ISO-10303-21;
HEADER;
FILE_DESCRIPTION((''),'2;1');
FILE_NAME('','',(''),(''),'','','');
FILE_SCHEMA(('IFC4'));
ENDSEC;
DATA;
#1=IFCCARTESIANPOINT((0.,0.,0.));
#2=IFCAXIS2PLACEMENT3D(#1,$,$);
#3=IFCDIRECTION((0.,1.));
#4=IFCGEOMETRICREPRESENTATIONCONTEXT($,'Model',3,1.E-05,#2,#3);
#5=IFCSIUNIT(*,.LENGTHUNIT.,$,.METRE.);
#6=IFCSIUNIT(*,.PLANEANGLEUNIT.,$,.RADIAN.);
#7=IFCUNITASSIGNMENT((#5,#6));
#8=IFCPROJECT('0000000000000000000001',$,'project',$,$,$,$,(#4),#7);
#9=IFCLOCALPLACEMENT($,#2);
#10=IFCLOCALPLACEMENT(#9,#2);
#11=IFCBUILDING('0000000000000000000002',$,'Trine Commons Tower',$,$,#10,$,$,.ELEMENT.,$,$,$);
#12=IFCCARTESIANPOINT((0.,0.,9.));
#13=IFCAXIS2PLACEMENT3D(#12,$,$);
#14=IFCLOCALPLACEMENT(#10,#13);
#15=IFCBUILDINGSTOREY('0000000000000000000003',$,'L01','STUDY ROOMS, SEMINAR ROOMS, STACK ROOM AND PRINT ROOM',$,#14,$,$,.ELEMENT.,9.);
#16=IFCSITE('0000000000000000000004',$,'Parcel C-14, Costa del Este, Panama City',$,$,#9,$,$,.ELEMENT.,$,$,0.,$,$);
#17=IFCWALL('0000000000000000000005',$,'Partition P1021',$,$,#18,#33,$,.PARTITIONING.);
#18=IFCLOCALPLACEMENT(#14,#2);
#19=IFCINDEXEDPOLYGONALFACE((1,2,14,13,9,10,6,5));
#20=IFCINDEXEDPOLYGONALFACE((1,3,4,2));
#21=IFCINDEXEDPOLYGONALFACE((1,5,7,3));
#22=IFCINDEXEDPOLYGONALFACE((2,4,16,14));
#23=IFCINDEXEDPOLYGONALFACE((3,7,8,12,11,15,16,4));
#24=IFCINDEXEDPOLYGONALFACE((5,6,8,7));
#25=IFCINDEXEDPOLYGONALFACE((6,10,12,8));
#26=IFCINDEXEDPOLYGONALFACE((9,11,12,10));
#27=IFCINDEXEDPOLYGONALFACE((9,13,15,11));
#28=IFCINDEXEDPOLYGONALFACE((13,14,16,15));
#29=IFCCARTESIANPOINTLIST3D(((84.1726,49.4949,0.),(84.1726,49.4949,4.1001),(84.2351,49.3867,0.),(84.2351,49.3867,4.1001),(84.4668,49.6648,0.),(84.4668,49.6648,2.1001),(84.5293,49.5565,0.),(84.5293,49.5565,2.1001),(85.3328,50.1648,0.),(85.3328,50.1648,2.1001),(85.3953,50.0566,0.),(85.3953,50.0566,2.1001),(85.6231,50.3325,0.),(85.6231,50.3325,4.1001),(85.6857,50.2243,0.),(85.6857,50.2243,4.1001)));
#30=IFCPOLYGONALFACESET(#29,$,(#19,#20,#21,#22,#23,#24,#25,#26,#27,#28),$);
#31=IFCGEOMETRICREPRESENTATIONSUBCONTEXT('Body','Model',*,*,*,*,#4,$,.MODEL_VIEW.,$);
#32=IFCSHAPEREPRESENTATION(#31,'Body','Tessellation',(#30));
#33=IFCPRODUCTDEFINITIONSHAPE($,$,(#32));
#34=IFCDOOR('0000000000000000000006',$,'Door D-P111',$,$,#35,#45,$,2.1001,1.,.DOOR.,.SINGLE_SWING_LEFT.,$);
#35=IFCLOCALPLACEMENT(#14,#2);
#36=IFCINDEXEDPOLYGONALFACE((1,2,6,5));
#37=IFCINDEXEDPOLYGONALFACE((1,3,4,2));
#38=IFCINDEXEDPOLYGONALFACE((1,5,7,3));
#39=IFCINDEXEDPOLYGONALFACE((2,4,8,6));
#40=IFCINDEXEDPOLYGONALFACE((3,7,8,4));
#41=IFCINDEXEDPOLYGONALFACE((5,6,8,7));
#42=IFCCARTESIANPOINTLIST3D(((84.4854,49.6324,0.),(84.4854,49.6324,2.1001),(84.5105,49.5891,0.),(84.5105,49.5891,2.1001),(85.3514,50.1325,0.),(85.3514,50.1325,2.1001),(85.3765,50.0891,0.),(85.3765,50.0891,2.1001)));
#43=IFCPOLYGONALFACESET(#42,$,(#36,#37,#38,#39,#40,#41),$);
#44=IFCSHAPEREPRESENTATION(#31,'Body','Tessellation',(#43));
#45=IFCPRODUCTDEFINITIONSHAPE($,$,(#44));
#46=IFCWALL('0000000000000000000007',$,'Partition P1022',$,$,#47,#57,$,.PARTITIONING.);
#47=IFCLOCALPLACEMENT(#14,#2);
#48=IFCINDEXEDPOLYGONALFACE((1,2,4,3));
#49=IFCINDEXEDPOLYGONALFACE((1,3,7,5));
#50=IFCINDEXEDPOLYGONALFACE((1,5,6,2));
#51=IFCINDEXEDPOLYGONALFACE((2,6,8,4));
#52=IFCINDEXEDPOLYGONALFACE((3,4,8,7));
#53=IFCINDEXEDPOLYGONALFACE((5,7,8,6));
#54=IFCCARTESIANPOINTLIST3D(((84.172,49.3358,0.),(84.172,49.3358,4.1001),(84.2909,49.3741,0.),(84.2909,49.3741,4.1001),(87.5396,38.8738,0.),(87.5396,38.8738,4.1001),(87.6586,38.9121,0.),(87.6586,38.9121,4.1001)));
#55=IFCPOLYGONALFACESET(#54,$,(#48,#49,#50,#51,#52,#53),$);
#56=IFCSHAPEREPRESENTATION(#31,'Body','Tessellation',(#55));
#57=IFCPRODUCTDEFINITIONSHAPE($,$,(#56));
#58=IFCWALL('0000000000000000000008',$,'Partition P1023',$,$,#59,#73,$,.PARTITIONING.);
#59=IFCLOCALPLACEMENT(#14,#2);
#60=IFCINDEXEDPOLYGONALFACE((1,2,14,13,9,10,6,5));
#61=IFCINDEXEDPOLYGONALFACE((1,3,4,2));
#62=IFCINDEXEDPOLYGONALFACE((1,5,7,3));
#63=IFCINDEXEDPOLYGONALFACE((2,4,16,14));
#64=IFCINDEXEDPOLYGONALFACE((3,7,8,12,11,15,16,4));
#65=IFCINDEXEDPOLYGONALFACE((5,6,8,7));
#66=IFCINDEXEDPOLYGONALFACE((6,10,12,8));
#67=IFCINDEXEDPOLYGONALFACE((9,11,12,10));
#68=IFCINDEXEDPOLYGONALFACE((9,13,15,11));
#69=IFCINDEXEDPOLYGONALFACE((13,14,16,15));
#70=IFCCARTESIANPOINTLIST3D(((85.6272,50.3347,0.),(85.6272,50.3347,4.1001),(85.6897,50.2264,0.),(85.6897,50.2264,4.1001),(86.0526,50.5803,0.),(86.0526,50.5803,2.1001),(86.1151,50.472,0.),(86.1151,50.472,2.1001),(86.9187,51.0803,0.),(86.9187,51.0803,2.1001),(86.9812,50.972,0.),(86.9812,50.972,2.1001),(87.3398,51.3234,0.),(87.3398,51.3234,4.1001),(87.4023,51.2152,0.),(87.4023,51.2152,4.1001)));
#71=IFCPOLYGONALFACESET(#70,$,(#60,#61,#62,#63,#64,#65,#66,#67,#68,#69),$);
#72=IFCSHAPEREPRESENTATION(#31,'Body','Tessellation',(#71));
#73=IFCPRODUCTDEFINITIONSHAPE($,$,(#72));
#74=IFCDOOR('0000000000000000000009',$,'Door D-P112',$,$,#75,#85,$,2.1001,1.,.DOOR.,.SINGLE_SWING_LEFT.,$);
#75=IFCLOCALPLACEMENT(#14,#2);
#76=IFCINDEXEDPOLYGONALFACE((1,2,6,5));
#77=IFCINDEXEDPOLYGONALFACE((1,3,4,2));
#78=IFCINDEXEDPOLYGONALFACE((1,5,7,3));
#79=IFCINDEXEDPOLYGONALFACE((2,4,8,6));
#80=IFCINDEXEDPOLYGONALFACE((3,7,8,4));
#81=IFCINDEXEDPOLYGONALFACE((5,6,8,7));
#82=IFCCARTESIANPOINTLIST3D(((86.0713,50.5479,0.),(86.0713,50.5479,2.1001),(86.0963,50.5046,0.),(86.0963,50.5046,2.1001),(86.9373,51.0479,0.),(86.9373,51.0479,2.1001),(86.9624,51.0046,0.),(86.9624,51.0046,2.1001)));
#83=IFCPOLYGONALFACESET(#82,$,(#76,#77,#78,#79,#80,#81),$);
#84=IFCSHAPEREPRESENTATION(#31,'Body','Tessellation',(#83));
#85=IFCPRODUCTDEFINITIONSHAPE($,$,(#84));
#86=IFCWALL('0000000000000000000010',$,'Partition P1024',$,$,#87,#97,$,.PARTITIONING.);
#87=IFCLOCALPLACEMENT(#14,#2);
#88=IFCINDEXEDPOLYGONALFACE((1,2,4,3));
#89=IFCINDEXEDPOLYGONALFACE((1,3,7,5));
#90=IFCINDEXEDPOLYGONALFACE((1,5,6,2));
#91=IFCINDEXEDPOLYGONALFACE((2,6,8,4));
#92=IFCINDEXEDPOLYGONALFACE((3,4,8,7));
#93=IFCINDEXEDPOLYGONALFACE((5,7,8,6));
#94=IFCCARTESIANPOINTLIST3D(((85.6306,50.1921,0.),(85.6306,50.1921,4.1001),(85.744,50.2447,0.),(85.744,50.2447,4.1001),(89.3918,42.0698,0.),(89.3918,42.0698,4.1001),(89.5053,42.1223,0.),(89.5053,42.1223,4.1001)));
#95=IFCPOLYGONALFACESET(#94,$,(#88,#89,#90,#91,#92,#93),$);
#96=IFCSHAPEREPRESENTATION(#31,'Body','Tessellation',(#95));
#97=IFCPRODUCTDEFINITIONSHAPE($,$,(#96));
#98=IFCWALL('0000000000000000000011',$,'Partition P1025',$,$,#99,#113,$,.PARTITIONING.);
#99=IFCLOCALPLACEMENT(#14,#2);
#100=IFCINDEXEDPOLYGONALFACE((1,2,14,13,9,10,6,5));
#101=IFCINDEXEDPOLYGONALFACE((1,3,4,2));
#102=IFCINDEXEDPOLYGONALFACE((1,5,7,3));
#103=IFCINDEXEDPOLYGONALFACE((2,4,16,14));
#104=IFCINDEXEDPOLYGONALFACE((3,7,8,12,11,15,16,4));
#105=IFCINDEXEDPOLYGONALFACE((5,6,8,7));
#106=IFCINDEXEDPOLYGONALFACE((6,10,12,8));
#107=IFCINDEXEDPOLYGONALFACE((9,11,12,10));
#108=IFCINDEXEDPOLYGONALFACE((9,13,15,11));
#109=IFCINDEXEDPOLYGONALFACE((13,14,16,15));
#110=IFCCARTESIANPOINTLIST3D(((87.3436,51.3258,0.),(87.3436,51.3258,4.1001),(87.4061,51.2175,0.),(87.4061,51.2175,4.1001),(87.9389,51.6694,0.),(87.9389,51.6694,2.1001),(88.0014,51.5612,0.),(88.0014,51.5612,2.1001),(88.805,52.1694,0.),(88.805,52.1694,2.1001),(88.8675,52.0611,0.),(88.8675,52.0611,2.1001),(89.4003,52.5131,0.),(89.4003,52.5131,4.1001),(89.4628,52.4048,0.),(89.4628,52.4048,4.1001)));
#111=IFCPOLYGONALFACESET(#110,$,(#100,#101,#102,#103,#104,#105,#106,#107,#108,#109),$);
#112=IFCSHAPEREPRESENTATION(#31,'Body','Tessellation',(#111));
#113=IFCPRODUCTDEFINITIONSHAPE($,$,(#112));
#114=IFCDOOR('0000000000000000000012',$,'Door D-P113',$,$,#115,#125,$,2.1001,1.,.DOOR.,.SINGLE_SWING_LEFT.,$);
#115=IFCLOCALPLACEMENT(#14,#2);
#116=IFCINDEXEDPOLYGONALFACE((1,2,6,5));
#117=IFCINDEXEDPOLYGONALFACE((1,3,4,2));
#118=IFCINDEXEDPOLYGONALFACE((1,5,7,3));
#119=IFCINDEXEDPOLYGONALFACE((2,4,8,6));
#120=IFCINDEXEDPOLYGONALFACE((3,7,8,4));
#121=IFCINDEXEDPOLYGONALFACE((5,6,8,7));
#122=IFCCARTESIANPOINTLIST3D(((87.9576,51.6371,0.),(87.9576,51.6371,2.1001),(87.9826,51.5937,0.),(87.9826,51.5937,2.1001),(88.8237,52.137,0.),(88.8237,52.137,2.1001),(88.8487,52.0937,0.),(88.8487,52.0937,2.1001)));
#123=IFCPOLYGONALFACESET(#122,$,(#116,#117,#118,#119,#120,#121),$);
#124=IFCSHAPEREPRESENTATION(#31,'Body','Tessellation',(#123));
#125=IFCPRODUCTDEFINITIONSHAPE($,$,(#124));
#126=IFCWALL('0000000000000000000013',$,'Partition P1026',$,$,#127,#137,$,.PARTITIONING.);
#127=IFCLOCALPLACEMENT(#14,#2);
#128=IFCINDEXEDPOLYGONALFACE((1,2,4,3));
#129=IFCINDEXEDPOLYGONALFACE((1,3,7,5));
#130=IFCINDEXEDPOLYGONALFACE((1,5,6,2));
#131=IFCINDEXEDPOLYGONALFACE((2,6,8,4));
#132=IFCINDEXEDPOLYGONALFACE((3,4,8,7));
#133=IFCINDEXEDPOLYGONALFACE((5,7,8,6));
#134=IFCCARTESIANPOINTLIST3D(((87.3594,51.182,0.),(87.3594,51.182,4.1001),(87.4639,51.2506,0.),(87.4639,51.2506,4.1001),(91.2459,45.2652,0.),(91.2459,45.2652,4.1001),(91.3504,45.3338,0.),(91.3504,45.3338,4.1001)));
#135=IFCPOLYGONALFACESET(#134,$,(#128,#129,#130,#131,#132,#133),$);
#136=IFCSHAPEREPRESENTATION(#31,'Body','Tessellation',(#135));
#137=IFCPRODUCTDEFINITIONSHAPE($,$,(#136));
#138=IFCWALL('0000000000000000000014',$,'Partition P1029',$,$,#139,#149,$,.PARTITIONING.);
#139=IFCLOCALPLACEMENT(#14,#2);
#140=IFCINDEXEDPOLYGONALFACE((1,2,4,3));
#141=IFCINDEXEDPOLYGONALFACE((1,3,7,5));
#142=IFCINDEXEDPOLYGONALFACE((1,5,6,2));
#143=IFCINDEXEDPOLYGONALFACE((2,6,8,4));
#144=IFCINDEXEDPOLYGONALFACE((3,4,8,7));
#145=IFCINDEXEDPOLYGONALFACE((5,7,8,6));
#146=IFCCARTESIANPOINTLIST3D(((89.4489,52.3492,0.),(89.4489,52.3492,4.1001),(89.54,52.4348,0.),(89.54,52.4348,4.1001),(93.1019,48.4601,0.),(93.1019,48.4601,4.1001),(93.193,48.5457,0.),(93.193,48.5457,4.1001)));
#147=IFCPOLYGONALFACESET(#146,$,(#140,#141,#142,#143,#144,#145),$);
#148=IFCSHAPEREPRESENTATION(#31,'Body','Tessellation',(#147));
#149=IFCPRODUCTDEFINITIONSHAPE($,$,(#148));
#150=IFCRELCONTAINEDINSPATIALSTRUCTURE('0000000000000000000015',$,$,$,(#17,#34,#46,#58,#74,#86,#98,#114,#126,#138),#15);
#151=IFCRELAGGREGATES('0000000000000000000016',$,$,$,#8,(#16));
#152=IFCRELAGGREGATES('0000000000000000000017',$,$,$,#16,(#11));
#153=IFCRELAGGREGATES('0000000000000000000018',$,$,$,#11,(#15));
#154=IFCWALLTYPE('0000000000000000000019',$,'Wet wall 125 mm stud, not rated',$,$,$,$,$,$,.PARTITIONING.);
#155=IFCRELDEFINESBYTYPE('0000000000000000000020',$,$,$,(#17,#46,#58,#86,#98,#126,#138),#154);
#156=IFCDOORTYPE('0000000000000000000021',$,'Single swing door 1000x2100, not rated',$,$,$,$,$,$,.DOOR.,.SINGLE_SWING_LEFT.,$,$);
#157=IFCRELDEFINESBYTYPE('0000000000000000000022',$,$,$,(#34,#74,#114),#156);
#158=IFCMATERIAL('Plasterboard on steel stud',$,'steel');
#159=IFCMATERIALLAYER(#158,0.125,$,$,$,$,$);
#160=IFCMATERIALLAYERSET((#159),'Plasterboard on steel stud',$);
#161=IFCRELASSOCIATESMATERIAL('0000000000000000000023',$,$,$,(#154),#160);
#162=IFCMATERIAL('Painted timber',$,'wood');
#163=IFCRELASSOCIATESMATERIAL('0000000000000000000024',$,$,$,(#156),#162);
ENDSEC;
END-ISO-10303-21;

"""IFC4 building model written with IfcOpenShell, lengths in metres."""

from ifc_helpers import new_model, si_unit, direction, frame, frame_2d, origin, place, context, subcontext, project, spatial, rectangle, extrude, material, layer, layer_set, type_object, element, fill, save


model = new_model("IFC4")

# Units and contexts
model_context = context("Model", 3, precision=1e-05, world=origin(), true_north=direction((0.0, 1.0)))
body_context = subcontext(model_context, "Body", "Model", "MODEL_VIEW")
ifc_project = project(units=[si_unit("LENGTHUNIT", "METRE"), si_unit("PLANEANGLEUNIT", "RADIAN")], contexts=[model_context])

# Site, building, storey
site_placement = place(None, origin())
site = spatial("IfcSite", under=ifc_project, at=site_placement, Name="Parcel C-14, Costa del Este, Panama City", CompositionType="ELEMENT", RefElevation=0.0)
building_placement = place(site_placement, origin())
building = spatial("IfcBuilding", under=site, at=building_placement, Name="Trine Commons Tower", CompositionType="ELEMENT")
storey_placement = place(building_placement, frame((0.0, 0.0, 9.0)))
storey = spatial("IfcBuildingStorey", under=building, at=storey_placement, Name="L01", Description="STUDY ROOMS, SEMINAR ROOMS, STACK ROOM AND PRINT ROOM", CompositionType="ELEMENT", Elevation=9.0)

# Shared definitions
ifc_material_1 = material(Name="Plasterboard on steel stud", Category="steel")

# Wall, opening, door
ifc_layer_1 = layer(ifc_material_1, 0.125)
ifc_layer_set_1 = layer_set([ifc_layer_1], Name="Plasterboard on steel stud")
wall_type_1 = type_object("IfcWallType", Name="Wet wall 125 mm stud, not rated", PredefinedType="PARTITIONING", material=ifc_layer_set_1)
wall_1_placement = place(storey_placement, frame((85.6543, 50.2783, 0.0), z_axis=(0.0, 0.0, 1.0), x_axis=(-0.866001, -0.500042, 0.0)))
wall_1 = element("IfcWall", 1, at=wall_1_placement, inside=storey, type_object=wall_type_1, Name="Partition P1021", PredefinedType="PARTITIONING", context=body_context, shape_type="SweptSolid", body=[
    extrude(rectangle(XDim=1.675, YDim=0.125, at=frame_2d((0.8374, 0.0))), origin(), (0.0, 0.0, 1.0), 4.1001),
])
opening_1_placement = place(wall_1_placement, frame((0.3352, 0.0, 0.0)))
opening_1 = element("IfcOpeningElement", 2, at=opening_1_placement, cuts=wall_1, PredefinedType="OPENING", context=body_context, shape_type="SweptSolid", body=[
    extrude(rectangle(XDim=1.0, YDim=2.1001, at=frame_2d((0.5, 1.05))), frame((0.0, 0.0725, 0.0), z_axis=(0.0, -1.0, 0.0), x_axis=(1.0, 0.0, 0.0)), (0.0, 0.0, 1.0), 0.145),
])
ifc_material_2 = material(Name="Painted timber", Category="wood")
door_type_1 = type_object("IfcDoorType", Name="Single swing door 1000x2100, not rated", OperationType="SINGLE_SWING_LEFT", PredefinedType="DOOR", material=ifc_material_2)
door_1_placement = place(opening_1_placement, origin())
door_1 = element("IfcDoor", 3, at=door_1_placement, inside=storey, type_object=door_type_1, Name="Door D-P111", OperationType="SINGLE_SWING_LEFT", OverallHeight=2.1001, OverallWidth=1.0, PredefinedType="DOOR", context=body_context, shape_type="SweptSolid", body=[
    extrude(rectangle(XDim=1.0, YDim=2.1001, at=frame_2d((0.5, 1.05))), frame((0.0, 0.0249, 0.0), z_axis=(0.0, -1.0, 0.0), x_axis=(1.0, 0.0, 0.0)), (0.0, 0.0, 1.0), 0.05),
])
fill(opening_1, door_1)

# Wall
wall_2_placement = place(storey_placement, frame((84.2314, 49.355, 0.0), z_axis=(0.0, 0.0, 1.0), x_axis=(0.306408, -0.9519, 0.0)))
element("IfcWall", 4, at=wall_2_placement, inside=storey, type_object=wall_type_1, Name="Partition P1022", PredefinedType="PARTITIONING", context=body_context, shape_type="SweptSolid", body=[
    extrude(rectangle(XDim=10.9907, YDim=0.125, at=frame_2d((5.4954, 0.0))), origin(), (0.0, 0.0, 1.0), 4.1001),
])

# Wall, opening, door
wall_3_placement = place(storey_placement, frame((87.3711, 51.2693, 0.0), z_axis=(0.0, 0.0, 1.0), x_axis=(-0.866031, -0.49999, 0.0)))
wall_3 = element("IfcWall", 5, at=wall_3_placement, inside=storey, type_object=wall_type_1, Name="Partition P1023", PredefinedType="PARTITIONING", context=body_context, shape_type="SweptSolid", body=[
    extrude(rectangle(XDim=1.9775, YDim=0.125, at=frame_2d((0.9888, 0.0))), origin(), (0.0, 0.0, 1.0), 4.1001),
])
opening_2_placement = place(wall_3_placement, frame((0.4863, 0.0, 0.0)))
opening_2 = element("IfcOpeningElement", 6, at=opening_2_placement, cuts=wall_3, PredefinedType="OPENING", context=body_context, shape_type="SweptSolid", body=[
    extrude(rectangle(XDim=1.0, YDim=2.1001, at=frame_2d((0.5, 1.05))), frame((0.0, 0.0725, 0.0), z_axis=(0.0, -1.0, 0.0), x_axis=(1.0, 0.0, 0.0)), (0.0, 0.0, 1.0), 0.145),
])
door_2_placement = place(opening_2_placement, origin())
door_2 = element("IfcDoor", 7, at=door_2_placement, inside=storey, type_object=door_type_1, Name="Door D-P112", OperationType="SINGLE_SWING_LEFT", OverallHeight=2.1001, OverallWidth=1.0, PredefinedType="DOOR", context=body_context, shape_type="SweptSolid", body=[
    extrude(rectangle(XDim=1.0, YDim=2.1001, at=frame_2d((0.5, 1.05))), frame((0.0, 0.0249, 0.0), z_axis=(0.0, -1.0, 0.0), x_axis=(1.0, 0.0, 0.0)), (0.0, 0.0, 1.0), 0.05),
])
fill(opening_2, door_2)

# Wall
wall_4_placement = place(storey_placement, frame((85.6873, 50.2185, 0.0), z_axis=(0.0, 0.0, 1.0), x_axis=(0.420206, -0.907429, 0.0)))
element("IfcWall", 8, at=wall_4_placement, inside=storey, type_object=wall_type_1, Name="Partition P1024", PredefinedType="PARTITIONING", context=body_context, shape_type="SweptSolid", body=[
    extrude(rectangle(XDim=8.9509, YDim=0.125, at=frame_2d((4.4756, 0.0))), origin(), (0.0, 0.0, 1.0), 4.1001),
])

# Wall, opening, door
wall_5_placement = place(storey_placement, frame((89.4316, 52.459, 0.0), z_axis=(0.0, 0.0, 1.0), x_axis=(-0.866052, -0.499954, 0.0)))
wall_5 = element("IfcWall", 9, at=wall_5_placement, inside=storey, type_object=wall_type_1, Name="Partition P1025", PredefinedType="PARTITIONING", context=body_context, shape_type="SweptSolid", body=[
    extrude(rectangle(XDim=2.3748, YDim=0.125, at=frame_2d((1.1875, 0.0))), origin(), (0.0, 0.0, 1.0), 4.1001),
])
opening_3_placement = place(wall_5_placement, frame((0.6875, 0.0, 0.0)))
opening_3 = element("IfcOpeningElement", 10, at=opening_3_placement, cuts=wall_5, PredefinedType="OPENING", context=body_context, shape_type="SweptSolid", body=[
    extrude(rectangle(XDim=1.0, YDim=2.1001, at=frame_2d((0.5, 1.05))), frame((0.0, 0.0725, 0.0), z_axis=(0.0, -1.0, 0.0), x_axis=(1.0, 0.0, 0.0)), (0.0, 0.0, 1.0), 0.145),
])
door_3_placement = place(opening_3_placement, origin())
door_3 = element("IfcDoor", 11, at=door_3_placement, inside=storey, type_object=door_type_1, Name="Door D-P113", OperationType="SINGLE_SWING_LEFT", OverallHeight=2.1001, OverallWidth=1.0, PredefinedType="DOOR", context=body_context, shape_type="SweptSolid", body=[
    extrude(rectangle(XDim=1.0, YDim=2.1001, at=frame_2d((0.5, 1.05))), frame((0.0, 0.0249, 0.0), z_axis=(0.0, -1.0, 0.0), x_axis=(1.0, 0.0, 0.0)), (0.0, 0.0, 1.0), 0.05),
])
fill(opening_3, door_3)

# Walls
wall_6_placement = place(storey_placement, frame((87.4116, 51.2163, 0.0), z_axis=(0.0, 0.0, 1.0), x_axis=(0.549013, -0.835814, 0.0)))
element("IfcWall", 12, at=wall_6_placement, inside=storey, type_object=wall_type_1, Name="Partition P1026", PredefinedType="PARTITIONING", context=body_context, shape_type="SweptSolid", body=[
    extrude(rectangle(XDim=7.0791, YDim=0.125, at=frame_2d((3.5396, 0.0))), origin(), (0.0, 0.0, 1.0), 4.1001),
])
wall_7_placement = place(storey_placement, frame((89.4944, 52.3921, 0.0), z_axis=(0.0, 0.0, 1.0), x_axis=(0.684638, -0.728883, 0.0)))
element("IfcWall", 13, at=wall_7_placement, inside=storey, type_object=wall_type_1, Name="Partition P1029", PredefinedType="PARTITIONING", context=body_context, shape_type="SweptSolid", body=[
    extrude(rectangle(XDim=5.3357, YDim=0.125, at=frame_2d((2.668, 0.0))), origin(), (0.0, 0.0, 1.0), 4.1001),
])

save(model, "model.ifc")
